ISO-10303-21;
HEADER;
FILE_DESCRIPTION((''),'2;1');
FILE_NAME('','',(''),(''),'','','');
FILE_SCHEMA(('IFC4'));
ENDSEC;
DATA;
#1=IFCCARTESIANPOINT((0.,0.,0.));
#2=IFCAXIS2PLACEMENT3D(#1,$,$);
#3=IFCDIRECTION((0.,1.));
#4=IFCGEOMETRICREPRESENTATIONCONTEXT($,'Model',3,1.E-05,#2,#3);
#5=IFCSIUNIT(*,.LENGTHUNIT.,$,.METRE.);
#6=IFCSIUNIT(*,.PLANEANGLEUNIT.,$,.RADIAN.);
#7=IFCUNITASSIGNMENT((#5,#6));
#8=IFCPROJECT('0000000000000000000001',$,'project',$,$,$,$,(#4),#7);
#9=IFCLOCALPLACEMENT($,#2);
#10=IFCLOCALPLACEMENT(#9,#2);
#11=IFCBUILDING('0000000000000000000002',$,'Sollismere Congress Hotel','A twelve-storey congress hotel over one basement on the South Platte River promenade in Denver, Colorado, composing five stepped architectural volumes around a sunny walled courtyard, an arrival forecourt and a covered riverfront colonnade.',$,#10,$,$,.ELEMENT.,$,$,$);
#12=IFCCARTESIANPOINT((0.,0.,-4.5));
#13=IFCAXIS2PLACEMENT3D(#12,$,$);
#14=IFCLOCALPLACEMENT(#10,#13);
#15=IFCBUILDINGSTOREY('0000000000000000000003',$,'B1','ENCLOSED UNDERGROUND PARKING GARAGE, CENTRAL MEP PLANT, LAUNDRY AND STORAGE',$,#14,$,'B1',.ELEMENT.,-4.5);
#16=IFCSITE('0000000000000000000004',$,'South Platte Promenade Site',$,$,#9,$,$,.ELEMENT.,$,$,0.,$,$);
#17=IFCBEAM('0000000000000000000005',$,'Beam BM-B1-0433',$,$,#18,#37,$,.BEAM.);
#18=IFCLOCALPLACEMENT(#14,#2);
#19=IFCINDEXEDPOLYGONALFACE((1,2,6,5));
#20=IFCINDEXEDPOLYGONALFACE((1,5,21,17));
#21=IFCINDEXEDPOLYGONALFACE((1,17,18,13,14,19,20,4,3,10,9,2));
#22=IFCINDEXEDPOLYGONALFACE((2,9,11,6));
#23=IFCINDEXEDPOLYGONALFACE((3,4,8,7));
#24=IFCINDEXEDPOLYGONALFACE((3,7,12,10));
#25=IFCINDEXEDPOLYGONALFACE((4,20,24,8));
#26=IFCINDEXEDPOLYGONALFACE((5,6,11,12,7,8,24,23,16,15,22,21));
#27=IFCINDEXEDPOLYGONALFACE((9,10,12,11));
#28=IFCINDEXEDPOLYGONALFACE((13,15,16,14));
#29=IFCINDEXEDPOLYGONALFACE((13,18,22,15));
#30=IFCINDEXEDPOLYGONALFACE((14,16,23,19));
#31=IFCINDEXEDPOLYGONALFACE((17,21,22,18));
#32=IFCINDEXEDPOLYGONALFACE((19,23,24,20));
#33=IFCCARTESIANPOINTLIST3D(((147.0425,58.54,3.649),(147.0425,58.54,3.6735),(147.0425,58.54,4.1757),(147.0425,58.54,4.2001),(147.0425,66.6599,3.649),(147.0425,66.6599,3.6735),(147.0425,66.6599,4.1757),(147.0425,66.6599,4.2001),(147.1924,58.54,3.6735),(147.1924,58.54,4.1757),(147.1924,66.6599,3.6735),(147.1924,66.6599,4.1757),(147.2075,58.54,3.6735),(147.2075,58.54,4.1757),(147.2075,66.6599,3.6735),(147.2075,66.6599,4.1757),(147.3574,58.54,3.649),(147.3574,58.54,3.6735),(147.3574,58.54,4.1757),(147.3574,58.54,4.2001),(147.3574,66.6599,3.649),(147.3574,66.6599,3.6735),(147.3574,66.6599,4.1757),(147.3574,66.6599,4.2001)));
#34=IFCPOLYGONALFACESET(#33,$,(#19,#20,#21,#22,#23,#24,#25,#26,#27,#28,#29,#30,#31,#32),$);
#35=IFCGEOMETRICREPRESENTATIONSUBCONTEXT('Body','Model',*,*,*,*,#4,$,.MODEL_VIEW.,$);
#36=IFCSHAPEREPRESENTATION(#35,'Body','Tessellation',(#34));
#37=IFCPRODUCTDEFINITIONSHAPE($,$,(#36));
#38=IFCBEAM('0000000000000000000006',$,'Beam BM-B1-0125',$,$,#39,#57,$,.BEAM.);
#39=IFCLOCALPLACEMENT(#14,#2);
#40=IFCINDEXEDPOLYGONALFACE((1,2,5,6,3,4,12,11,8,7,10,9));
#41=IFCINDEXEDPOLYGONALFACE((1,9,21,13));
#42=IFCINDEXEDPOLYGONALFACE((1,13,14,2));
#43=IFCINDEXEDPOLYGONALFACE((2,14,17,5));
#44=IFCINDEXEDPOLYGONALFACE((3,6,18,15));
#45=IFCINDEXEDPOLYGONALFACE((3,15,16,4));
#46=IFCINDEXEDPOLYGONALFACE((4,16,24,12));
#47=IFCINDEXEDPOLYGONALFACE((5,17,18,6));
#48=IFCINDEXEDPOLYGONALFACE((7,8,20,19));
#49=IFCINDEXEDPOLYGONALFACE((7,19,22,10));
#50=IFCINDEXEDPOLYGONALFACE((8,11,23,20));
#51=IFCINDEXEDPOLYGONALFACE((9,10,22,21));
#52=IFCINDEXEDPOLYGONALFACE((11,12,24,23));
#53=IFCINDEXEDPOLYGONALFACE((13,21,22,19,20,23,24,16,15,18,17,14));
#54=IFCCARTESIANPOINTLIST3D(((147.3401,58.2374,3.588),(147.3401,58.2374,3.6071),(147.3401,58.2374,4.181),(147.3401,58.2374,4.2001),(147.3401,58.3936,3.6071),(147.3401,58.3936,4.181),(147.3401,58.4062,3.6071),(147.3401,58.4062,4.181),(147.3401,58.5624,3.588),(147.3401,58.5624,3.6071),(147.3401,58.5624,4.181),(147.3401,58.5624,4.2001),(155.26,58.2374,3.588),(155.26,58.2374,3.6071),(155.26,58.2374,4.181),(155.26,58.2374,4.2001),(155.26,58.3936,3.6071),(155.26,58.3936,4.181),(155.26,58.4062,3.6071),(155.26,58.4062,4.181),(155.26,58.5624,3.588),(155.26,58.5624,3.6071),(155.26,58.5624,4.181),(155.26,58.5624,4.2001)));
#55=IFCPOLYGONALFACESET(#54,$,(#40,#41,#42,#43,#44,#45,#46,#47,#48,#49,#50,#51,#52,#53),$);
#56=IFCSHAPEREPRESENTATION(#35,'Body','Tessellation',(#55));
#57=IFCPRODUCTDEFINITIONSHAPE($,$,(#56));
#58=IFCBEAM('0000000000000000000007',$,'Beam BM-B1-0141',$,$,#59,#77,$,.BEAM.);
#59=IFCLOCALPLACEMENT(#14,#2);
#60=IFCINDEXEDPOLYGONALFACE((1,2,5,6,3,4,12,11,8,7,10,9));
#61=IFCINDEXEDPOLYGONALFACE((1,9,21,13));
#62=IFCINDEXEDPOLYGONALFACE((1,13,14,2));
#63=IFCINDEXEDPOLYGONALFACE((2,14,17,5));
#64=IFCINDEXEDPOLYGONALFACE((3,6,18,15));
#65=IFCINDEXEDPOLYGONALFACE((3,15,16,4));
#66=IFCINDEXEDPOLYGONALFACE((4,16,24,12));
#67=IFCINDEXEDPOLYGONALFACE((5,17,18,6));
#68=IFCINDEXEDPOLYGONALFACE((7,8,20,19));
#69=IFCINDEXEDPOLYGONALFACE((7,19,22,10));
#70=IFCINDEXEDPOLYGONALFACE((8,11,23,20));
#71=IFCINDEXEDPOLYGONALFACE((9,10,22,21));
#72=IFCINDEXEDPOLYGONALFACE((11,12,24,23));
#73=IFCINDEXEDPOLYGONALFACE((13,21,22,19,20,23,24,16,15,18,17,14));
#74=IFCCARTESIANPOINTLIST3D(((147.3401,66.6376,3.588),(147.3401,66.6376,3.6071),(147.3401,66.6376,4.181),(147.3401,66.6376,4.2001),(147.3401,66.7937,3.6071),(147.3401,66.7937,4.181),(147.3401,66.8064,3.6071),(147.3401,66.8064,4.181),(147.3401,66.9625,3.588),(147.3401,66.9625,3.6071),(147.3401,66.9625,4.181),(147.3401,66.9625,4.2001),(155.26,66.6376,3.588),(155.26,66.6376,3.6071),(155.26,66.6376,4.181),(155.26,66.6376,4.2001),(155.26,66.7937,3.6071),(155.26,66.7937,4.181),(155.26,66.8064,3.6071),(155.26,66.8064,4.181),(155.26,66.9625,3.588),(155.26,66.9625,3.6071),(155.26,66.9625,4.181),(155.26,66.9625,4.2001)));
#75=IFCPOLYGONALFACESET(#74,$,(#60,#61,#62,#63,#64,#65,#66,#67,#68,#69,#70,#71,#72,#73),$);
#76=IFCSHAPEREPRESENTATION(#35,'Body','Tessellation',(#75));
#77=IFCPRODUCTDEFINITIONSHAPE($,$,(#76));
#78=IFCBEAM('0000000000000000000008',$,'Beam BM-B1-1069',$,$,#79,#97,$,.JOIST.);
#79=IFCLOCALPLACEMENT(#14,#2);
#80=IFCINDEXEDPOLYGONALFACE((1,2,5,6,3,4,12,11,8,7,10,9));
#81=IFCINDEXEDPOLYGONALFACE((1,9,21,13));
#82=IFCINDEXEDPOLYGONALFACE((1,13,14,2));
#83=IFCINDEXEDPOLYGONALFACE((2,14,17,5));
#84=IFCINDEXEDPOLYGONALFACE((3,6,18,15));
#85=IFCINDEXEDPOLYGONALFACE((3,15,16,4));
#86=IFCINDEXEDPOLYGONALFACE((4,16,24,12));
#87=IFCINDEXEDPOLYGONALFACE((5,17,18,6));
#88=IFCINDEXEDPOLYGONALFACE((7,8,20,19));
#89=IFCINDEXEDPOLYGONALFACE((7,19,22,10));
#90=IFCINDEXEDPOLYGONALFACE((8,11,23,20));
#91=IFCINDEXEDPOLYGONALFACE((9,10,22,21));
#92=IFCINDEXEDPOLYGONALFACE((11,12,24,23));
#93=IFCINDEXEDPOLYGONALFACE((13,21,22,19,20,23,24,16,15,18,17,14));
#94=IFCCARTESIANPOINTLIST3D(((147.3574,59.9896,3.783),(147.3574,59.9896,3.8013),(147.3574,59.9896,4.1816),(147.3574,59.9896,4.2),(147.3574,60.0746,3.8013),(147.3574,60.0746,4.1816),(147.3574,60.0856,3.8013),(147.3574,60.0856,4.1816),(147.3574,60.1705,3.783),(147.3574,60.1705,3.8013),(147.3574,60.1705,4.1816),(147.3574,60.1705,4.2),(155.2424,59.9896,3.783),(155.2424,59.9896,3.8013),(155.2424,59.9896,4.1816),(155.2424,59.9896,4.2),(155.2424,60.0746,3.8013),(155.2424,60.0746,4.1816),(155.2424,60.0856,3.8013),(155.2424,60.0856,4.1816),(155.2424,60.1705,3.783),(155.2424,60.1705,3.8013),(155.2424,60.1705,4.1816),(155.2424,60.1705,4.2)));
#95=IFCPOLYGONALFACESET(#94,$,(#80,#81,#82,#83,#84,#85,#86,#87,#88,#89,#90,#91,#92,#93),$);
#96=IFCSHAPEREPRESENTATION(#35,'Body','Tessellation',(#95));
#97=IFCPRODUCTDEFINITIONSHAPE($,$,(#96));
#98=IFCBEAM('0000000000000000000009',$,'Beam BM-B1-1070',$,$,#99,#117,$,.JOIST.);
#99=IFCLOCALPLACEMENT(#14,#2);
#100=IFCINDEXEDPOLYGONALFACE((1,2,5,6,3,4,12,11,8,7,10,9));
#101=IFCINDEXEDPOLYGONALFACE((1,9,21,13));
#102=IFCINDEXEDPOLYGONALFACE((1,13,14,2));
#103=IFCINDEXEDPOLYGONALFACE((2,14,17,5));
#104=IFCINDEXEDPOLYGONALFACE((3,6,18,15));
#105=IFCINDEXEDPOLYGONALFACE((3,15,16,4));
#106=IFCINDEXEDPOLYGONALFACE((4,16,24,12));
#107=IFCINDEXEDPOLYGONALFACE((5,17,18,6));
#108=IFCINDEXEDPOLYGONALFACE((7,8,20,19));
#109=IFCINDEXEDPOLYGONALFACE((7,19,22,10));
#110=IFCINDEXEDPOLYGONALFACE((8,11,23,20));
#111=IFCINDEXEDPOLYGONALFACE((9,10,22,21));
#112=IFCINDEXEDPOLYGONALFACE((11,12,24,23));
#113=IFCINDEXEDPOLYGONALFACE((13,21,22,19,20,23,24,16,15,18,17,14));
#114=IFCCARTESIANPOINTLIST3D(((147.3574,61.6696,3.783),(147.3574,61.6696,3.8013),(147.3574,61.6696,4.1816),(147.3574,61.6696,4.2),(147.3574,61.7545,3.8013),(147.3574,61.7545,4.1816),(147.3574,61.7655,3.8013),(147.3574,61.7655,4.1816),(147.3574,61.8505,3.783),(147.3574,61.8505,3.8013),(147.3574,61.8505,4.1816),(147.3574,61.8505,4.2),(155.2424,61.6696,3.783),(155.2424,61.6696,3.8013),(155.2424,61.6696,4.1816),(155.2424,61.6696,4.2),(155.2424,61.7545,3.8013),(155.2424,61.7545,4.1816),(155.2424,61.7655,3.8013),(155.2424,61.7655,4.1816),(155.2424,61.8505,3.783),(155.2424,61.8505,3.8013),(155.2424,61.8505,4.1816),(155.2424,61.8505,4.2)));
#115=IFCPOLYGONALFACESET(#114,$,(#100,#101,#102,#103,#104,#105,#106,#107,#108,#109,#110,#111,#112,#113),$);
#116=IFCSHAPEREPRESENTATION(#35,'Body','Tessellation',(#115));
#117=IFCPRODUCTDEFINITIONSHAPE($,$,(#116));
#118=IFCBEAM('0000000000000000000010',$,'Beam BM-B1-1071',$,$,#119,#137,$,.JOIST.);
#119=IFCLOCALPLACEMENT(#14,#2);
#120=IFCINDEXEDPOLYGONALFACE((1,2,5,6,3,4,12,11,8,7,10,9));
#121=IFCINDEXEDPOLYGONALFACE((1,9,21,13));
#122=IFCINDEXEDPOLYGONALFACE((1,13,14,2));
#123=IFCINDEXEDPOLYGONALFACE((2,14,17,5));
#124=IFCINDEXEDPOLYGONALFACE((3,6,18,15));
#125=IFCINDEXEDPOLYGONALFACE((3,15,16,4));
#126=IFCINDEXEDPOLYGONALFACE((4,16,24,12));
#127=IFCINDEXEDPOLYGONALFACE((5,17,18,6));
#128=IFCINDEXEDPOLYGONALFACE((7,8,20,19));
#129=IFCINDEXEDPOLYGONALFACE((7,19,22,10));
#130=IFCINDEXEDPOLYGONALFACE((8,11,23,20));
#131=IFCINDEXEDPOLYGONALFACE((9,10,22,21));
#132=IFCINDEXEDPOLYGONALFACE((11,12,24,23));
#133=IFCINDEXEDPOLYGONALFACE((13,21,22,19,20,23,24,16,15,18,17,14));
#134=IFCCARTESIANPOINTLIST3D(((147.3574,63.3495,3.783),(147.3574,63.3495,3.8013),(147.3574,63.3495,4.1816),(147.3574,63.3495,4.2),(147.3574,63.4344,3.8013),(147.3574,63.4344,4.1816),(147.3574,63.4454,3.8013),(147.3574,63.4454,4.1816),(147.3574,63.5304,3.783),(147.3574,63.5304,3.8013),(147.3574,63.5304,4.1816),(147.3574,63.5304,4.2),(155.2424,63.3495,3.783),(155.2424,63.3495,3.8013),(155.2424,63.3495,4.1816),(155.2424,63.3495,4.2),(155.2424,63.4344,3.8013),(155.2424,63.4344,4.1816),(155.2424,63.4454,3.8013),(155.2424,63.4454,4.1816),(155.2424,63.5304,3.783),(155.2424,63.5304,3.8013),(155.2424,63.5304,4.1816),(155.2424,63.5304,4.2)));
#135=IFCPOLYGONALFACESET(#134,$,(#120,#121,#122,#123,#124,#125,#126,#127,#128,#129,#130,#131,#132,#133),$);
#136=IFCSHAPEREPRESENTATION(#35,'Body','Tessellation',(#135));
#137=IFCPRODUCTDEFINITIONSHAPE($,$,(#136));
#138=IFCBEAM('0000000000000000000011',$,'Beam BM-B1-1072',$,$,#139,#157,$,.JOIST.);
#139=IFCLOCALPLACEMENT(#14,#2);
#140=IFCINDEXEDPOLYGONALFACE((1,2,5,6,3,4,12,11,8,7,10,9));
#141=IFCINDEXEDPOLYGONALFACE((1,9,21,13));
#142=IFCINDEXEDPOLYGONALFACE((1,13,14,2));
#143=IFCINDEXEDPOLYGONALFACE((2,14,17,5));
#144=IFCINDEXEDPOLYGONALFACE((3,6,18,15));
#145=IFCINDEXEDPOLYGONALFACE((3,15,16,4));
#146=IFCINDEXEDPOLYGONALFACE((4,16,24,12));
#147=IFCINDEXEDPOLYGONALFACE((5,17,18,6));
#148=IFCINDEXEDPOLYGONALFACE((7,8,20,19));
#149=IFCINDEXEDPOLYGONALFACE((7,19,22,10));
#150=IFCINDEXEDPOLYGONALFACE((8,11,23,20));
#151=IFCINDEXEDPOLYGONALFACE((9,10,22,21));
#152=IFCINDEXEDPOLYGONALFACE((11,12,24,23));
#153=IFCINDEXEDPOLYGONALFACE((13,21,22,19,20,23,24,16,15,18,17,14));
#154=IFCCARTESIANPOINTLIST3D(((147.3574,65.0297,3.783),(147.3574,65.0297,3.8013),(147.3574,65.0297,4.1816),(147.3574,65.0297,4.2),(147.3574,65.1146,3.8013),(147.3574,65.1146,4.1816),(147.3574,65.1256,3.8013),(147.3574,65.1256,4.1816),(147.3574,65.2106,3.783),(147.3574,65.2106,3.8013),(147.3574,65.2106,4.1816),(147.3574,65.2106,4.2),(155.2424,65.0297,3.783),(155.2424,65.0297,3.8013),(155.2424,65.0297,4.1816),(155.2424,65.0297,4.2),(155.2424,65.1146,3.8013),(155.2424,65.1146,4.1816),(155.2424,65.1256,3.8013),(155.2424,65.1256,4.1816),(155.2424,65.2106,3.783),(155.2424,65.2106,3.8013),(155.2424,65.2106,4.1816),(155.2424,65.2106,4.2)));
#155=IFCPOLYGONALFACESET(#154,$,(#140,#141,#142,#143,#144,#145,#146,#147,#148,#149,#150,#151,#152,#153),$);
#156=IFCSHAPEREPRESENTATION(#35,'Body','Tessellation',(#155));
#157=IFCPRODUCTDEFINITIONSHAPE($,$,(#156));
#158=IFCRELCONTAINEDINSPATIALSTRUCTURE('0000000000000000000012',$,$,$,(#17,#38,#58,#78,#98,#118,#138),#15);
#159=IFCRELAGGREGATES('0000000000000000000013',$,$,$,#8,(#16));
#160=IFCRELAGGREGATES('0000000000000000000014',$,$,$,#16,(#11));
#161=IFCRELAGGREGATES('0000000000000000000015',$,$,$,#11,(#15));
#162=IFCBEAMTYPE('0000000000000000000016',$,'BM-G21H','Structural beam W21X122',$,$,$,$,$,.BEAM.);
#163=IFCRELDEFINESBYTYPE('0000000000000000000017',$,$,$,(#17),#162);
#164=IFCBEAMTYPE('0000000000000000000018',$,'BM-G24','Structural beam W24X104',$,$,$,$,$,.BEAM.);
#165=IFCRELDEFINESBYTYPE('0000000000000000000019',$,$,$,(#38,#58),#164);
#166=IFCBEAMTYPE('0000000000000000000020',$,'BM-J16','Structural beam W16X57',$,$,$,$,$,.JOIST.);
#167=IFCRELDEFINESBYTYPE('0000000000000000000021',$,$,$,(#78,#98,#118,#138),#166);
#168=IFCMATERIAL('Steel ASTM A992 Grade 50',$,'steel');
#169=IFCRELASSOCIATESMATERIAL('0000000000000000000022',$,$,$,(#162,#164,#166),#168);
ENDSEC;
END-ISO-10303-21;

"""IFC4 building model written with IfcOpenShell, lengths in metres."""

from ifc_helpers import new_model, si_unit, direction, frame, origin, origin_2d, place, context, subcontext, project, spatial, i_section, extrude, material, material_profile, profile_set, type_object, element, save


model = new_model("IFC4")

# Units and contexts
model_context = context("Model", 3, precision=1e-05, world=origin(), true_north=direction((0.0, 1.0)))
body_context = subcontext(model_context, "Body", "Model", "MODEL_VIEW")
ifc_project = project(units=[si_unit("LENGTHUNIT", "METRE"), si_unit("PLANEANGLEUNIT", "RADIAN")], contexts=[model_context])

# Site, building, storey
site_placement = place(None, origin())
site = spatial("IfcSite", under=ifc_project, at=site_placement, Name="South Platte Promenade Site", CompositionType="ELEMENT", RefElevation=0.0)
building_placement = place(site_placement, origin())
building = spatial("IfcBuilding", under=site, at=building_placement, Name="Sollismere Congress Hotel", Description="A twelve-storey congress hotel over one basement on the South Platte River promenade in Denver, Colorado, composing five stepped architectural volumes around a sunny walled courtyard, an arrival forecourt and a covered riverfront colonnade.", CompositionType="ELEMENT")
storey_placement = place(building_placement, frame((0.0, 0.0, -4.5)))
storey = spatial("IfcBuildingStorey", under=building, at=storey_placement, Name="B1", Description="ENCLOSED UNDERGROUND PARKING GARAGE, CENTRAL MEP PLANT, LAUNDRY AND STORAGE", LongName="B1", CompositionType="ELEMENT", Elevation=-4.5)

# Beams
ifc_material_1 = material(Name="Steel ASTM A992 Grade 50", Category="steel")
ifc_material_profile_1 = material_profile(ifc_material_1, i_section(OverallWidth=0.3149, OverallDepth=0.551, WebThickness=0.0151, FlangeThickness=0.0244, at=origin_2d()), Name="W21X122")
ifc_profile_set_1 = profile_set([ifc_material_profile_1], Name="Steel ASTM A992 Grade 50")
beam_type_1 = type_object("IfcBeamType", Name="BM-G21H", Description="Structural beam W21X122", PredefinedType="BEAM", material=ifc_profile_set_1)
beam_placement = place(storey_placement, frame((147.2, 58.54, 3.9246), z_axis=(0.0, 1.0, 0.0), x_axis=(-1.0, 0.0, 0.0)))
element("IfcBeam", 1, at=beam_placement, inside=storey, type_object=beam_type_1, Name="Beam BM-B1-0433", PredefinedType="BEAM", context=body_context, shape_type="SweptSolid", body=[
    extrude(i_section(OverallWidth=0.3149, OverallDepth=0.551, WebThickness=0.0151, FlangeThickness=0.0244, at=origin_2d()), origin(), (0.0, 0.0, 1.0), 8.1199),
])
ifc_material_profile_2 = material_profile(ifc_material_1, i_section(OverallWidth=0.325, OverallDepth=0.6121, WebThickness=0.0127, FlangeThickness=0.019, at=origin_2d()), Name="W24X104")
ifc_profile_set_2 = profile_set([ifc_material_profile_2], Name="Steel ASTM A992 Grade 50")
beam_type_2 = type_object("IfcBeamType", Name="BM-G24", Description="Structural beam W24X104", PredefinedType="BEAM", material=ifc_profile_set_2)
for number, where, z_axis, x_axis, name in (
    (2, (147.3401, 58.3999, 3.894), (1.0, 0.0, 0.0), (0.0, 1.0, 0.0), "Beam BM-B1-0125"),
    (3, (147.3401, 66.8, 3.894), (1.0, 0.0, 0.0), (0.0, 1.0, 0.0), "Beam BM-B1-0141"),
):
    element("IfcBeam", number, at=place(storey_placement, frame(where, z_axis=z_axis, x_axis=x_axis)), inside=storey, type_object=beam_type_2, Name=name, PredefinedType="BEAM", context=body_context, shape_type="SweptSolid", body=[
        extrude(i_section(OverallWidth=0.325, OverallDepth=0.6121, WebThickness=0.0127, FlangeThickness=0.019, at=origin_2d()), origin(), (0.0, 0.0, 1.0), 7.9199),
    ])
ifc_material_profile_3 = material_profile(ifc_material_1, i_section(OverallWidth=0.1809, OverallDepth=0.417, WebThickness=0.011, FlangeThickness=0.0183, at=origin_2d()), Name="W16X57")
ifc_profile_set_3 = profile_set([ifc_material_profile_3], Name="Steel ASTM A992 Grade 50")
beam_type_3 = type_object("IfcBeamType", Name="BM-J16", Description="Structural beam W16X57", PredefinedType="JOIST", material=ifc_profile_set_3)
for number, where, z_axis, x_axis, name in (
    (4, (147.3574, 60.0801, 3.9915), (1.0, 0.0, 0.0), (0.0, 1.0, 0.0), "Beam BM-B1-1069"),
    (5, (147.3574, 61.76, 3.9915), (1.0, 0.0, 0.0), (0.0, 1.0, 0.0), "Beam BM-B1-1070"),
    (6, (147.3574, 63.4399, 3.9915), (1.0, 0.0, 0.0), (0.0, 1.0, 0.0), "Beam BM-B1-1071"),
    (7, (147.3574, 65.1201, 3.9915), (1.0, 0.0, 0.0), (0.0, 1.0, 0.0), "Beam BM-B1-1072"),
):
    element("IfcBeam", number, at=place(storey_placement, frame(where, z_axis=z_axis, x_axis=x_axis)), inside=storey, type_object=beam_type_3, Name=name, PredefinedType="JOIST", context=body_context, shape_type="SweptSolid", body=[
        extrude(i_section(OverallWidth=0.1809, OverallDepth=0.417, WebThickness=0.011, FlangeThickness=0.0183, at=origin_2d()), origin(), (0.0, 0.0, 1.0), 7.885),
    ])

save(model, "model.ifc")
